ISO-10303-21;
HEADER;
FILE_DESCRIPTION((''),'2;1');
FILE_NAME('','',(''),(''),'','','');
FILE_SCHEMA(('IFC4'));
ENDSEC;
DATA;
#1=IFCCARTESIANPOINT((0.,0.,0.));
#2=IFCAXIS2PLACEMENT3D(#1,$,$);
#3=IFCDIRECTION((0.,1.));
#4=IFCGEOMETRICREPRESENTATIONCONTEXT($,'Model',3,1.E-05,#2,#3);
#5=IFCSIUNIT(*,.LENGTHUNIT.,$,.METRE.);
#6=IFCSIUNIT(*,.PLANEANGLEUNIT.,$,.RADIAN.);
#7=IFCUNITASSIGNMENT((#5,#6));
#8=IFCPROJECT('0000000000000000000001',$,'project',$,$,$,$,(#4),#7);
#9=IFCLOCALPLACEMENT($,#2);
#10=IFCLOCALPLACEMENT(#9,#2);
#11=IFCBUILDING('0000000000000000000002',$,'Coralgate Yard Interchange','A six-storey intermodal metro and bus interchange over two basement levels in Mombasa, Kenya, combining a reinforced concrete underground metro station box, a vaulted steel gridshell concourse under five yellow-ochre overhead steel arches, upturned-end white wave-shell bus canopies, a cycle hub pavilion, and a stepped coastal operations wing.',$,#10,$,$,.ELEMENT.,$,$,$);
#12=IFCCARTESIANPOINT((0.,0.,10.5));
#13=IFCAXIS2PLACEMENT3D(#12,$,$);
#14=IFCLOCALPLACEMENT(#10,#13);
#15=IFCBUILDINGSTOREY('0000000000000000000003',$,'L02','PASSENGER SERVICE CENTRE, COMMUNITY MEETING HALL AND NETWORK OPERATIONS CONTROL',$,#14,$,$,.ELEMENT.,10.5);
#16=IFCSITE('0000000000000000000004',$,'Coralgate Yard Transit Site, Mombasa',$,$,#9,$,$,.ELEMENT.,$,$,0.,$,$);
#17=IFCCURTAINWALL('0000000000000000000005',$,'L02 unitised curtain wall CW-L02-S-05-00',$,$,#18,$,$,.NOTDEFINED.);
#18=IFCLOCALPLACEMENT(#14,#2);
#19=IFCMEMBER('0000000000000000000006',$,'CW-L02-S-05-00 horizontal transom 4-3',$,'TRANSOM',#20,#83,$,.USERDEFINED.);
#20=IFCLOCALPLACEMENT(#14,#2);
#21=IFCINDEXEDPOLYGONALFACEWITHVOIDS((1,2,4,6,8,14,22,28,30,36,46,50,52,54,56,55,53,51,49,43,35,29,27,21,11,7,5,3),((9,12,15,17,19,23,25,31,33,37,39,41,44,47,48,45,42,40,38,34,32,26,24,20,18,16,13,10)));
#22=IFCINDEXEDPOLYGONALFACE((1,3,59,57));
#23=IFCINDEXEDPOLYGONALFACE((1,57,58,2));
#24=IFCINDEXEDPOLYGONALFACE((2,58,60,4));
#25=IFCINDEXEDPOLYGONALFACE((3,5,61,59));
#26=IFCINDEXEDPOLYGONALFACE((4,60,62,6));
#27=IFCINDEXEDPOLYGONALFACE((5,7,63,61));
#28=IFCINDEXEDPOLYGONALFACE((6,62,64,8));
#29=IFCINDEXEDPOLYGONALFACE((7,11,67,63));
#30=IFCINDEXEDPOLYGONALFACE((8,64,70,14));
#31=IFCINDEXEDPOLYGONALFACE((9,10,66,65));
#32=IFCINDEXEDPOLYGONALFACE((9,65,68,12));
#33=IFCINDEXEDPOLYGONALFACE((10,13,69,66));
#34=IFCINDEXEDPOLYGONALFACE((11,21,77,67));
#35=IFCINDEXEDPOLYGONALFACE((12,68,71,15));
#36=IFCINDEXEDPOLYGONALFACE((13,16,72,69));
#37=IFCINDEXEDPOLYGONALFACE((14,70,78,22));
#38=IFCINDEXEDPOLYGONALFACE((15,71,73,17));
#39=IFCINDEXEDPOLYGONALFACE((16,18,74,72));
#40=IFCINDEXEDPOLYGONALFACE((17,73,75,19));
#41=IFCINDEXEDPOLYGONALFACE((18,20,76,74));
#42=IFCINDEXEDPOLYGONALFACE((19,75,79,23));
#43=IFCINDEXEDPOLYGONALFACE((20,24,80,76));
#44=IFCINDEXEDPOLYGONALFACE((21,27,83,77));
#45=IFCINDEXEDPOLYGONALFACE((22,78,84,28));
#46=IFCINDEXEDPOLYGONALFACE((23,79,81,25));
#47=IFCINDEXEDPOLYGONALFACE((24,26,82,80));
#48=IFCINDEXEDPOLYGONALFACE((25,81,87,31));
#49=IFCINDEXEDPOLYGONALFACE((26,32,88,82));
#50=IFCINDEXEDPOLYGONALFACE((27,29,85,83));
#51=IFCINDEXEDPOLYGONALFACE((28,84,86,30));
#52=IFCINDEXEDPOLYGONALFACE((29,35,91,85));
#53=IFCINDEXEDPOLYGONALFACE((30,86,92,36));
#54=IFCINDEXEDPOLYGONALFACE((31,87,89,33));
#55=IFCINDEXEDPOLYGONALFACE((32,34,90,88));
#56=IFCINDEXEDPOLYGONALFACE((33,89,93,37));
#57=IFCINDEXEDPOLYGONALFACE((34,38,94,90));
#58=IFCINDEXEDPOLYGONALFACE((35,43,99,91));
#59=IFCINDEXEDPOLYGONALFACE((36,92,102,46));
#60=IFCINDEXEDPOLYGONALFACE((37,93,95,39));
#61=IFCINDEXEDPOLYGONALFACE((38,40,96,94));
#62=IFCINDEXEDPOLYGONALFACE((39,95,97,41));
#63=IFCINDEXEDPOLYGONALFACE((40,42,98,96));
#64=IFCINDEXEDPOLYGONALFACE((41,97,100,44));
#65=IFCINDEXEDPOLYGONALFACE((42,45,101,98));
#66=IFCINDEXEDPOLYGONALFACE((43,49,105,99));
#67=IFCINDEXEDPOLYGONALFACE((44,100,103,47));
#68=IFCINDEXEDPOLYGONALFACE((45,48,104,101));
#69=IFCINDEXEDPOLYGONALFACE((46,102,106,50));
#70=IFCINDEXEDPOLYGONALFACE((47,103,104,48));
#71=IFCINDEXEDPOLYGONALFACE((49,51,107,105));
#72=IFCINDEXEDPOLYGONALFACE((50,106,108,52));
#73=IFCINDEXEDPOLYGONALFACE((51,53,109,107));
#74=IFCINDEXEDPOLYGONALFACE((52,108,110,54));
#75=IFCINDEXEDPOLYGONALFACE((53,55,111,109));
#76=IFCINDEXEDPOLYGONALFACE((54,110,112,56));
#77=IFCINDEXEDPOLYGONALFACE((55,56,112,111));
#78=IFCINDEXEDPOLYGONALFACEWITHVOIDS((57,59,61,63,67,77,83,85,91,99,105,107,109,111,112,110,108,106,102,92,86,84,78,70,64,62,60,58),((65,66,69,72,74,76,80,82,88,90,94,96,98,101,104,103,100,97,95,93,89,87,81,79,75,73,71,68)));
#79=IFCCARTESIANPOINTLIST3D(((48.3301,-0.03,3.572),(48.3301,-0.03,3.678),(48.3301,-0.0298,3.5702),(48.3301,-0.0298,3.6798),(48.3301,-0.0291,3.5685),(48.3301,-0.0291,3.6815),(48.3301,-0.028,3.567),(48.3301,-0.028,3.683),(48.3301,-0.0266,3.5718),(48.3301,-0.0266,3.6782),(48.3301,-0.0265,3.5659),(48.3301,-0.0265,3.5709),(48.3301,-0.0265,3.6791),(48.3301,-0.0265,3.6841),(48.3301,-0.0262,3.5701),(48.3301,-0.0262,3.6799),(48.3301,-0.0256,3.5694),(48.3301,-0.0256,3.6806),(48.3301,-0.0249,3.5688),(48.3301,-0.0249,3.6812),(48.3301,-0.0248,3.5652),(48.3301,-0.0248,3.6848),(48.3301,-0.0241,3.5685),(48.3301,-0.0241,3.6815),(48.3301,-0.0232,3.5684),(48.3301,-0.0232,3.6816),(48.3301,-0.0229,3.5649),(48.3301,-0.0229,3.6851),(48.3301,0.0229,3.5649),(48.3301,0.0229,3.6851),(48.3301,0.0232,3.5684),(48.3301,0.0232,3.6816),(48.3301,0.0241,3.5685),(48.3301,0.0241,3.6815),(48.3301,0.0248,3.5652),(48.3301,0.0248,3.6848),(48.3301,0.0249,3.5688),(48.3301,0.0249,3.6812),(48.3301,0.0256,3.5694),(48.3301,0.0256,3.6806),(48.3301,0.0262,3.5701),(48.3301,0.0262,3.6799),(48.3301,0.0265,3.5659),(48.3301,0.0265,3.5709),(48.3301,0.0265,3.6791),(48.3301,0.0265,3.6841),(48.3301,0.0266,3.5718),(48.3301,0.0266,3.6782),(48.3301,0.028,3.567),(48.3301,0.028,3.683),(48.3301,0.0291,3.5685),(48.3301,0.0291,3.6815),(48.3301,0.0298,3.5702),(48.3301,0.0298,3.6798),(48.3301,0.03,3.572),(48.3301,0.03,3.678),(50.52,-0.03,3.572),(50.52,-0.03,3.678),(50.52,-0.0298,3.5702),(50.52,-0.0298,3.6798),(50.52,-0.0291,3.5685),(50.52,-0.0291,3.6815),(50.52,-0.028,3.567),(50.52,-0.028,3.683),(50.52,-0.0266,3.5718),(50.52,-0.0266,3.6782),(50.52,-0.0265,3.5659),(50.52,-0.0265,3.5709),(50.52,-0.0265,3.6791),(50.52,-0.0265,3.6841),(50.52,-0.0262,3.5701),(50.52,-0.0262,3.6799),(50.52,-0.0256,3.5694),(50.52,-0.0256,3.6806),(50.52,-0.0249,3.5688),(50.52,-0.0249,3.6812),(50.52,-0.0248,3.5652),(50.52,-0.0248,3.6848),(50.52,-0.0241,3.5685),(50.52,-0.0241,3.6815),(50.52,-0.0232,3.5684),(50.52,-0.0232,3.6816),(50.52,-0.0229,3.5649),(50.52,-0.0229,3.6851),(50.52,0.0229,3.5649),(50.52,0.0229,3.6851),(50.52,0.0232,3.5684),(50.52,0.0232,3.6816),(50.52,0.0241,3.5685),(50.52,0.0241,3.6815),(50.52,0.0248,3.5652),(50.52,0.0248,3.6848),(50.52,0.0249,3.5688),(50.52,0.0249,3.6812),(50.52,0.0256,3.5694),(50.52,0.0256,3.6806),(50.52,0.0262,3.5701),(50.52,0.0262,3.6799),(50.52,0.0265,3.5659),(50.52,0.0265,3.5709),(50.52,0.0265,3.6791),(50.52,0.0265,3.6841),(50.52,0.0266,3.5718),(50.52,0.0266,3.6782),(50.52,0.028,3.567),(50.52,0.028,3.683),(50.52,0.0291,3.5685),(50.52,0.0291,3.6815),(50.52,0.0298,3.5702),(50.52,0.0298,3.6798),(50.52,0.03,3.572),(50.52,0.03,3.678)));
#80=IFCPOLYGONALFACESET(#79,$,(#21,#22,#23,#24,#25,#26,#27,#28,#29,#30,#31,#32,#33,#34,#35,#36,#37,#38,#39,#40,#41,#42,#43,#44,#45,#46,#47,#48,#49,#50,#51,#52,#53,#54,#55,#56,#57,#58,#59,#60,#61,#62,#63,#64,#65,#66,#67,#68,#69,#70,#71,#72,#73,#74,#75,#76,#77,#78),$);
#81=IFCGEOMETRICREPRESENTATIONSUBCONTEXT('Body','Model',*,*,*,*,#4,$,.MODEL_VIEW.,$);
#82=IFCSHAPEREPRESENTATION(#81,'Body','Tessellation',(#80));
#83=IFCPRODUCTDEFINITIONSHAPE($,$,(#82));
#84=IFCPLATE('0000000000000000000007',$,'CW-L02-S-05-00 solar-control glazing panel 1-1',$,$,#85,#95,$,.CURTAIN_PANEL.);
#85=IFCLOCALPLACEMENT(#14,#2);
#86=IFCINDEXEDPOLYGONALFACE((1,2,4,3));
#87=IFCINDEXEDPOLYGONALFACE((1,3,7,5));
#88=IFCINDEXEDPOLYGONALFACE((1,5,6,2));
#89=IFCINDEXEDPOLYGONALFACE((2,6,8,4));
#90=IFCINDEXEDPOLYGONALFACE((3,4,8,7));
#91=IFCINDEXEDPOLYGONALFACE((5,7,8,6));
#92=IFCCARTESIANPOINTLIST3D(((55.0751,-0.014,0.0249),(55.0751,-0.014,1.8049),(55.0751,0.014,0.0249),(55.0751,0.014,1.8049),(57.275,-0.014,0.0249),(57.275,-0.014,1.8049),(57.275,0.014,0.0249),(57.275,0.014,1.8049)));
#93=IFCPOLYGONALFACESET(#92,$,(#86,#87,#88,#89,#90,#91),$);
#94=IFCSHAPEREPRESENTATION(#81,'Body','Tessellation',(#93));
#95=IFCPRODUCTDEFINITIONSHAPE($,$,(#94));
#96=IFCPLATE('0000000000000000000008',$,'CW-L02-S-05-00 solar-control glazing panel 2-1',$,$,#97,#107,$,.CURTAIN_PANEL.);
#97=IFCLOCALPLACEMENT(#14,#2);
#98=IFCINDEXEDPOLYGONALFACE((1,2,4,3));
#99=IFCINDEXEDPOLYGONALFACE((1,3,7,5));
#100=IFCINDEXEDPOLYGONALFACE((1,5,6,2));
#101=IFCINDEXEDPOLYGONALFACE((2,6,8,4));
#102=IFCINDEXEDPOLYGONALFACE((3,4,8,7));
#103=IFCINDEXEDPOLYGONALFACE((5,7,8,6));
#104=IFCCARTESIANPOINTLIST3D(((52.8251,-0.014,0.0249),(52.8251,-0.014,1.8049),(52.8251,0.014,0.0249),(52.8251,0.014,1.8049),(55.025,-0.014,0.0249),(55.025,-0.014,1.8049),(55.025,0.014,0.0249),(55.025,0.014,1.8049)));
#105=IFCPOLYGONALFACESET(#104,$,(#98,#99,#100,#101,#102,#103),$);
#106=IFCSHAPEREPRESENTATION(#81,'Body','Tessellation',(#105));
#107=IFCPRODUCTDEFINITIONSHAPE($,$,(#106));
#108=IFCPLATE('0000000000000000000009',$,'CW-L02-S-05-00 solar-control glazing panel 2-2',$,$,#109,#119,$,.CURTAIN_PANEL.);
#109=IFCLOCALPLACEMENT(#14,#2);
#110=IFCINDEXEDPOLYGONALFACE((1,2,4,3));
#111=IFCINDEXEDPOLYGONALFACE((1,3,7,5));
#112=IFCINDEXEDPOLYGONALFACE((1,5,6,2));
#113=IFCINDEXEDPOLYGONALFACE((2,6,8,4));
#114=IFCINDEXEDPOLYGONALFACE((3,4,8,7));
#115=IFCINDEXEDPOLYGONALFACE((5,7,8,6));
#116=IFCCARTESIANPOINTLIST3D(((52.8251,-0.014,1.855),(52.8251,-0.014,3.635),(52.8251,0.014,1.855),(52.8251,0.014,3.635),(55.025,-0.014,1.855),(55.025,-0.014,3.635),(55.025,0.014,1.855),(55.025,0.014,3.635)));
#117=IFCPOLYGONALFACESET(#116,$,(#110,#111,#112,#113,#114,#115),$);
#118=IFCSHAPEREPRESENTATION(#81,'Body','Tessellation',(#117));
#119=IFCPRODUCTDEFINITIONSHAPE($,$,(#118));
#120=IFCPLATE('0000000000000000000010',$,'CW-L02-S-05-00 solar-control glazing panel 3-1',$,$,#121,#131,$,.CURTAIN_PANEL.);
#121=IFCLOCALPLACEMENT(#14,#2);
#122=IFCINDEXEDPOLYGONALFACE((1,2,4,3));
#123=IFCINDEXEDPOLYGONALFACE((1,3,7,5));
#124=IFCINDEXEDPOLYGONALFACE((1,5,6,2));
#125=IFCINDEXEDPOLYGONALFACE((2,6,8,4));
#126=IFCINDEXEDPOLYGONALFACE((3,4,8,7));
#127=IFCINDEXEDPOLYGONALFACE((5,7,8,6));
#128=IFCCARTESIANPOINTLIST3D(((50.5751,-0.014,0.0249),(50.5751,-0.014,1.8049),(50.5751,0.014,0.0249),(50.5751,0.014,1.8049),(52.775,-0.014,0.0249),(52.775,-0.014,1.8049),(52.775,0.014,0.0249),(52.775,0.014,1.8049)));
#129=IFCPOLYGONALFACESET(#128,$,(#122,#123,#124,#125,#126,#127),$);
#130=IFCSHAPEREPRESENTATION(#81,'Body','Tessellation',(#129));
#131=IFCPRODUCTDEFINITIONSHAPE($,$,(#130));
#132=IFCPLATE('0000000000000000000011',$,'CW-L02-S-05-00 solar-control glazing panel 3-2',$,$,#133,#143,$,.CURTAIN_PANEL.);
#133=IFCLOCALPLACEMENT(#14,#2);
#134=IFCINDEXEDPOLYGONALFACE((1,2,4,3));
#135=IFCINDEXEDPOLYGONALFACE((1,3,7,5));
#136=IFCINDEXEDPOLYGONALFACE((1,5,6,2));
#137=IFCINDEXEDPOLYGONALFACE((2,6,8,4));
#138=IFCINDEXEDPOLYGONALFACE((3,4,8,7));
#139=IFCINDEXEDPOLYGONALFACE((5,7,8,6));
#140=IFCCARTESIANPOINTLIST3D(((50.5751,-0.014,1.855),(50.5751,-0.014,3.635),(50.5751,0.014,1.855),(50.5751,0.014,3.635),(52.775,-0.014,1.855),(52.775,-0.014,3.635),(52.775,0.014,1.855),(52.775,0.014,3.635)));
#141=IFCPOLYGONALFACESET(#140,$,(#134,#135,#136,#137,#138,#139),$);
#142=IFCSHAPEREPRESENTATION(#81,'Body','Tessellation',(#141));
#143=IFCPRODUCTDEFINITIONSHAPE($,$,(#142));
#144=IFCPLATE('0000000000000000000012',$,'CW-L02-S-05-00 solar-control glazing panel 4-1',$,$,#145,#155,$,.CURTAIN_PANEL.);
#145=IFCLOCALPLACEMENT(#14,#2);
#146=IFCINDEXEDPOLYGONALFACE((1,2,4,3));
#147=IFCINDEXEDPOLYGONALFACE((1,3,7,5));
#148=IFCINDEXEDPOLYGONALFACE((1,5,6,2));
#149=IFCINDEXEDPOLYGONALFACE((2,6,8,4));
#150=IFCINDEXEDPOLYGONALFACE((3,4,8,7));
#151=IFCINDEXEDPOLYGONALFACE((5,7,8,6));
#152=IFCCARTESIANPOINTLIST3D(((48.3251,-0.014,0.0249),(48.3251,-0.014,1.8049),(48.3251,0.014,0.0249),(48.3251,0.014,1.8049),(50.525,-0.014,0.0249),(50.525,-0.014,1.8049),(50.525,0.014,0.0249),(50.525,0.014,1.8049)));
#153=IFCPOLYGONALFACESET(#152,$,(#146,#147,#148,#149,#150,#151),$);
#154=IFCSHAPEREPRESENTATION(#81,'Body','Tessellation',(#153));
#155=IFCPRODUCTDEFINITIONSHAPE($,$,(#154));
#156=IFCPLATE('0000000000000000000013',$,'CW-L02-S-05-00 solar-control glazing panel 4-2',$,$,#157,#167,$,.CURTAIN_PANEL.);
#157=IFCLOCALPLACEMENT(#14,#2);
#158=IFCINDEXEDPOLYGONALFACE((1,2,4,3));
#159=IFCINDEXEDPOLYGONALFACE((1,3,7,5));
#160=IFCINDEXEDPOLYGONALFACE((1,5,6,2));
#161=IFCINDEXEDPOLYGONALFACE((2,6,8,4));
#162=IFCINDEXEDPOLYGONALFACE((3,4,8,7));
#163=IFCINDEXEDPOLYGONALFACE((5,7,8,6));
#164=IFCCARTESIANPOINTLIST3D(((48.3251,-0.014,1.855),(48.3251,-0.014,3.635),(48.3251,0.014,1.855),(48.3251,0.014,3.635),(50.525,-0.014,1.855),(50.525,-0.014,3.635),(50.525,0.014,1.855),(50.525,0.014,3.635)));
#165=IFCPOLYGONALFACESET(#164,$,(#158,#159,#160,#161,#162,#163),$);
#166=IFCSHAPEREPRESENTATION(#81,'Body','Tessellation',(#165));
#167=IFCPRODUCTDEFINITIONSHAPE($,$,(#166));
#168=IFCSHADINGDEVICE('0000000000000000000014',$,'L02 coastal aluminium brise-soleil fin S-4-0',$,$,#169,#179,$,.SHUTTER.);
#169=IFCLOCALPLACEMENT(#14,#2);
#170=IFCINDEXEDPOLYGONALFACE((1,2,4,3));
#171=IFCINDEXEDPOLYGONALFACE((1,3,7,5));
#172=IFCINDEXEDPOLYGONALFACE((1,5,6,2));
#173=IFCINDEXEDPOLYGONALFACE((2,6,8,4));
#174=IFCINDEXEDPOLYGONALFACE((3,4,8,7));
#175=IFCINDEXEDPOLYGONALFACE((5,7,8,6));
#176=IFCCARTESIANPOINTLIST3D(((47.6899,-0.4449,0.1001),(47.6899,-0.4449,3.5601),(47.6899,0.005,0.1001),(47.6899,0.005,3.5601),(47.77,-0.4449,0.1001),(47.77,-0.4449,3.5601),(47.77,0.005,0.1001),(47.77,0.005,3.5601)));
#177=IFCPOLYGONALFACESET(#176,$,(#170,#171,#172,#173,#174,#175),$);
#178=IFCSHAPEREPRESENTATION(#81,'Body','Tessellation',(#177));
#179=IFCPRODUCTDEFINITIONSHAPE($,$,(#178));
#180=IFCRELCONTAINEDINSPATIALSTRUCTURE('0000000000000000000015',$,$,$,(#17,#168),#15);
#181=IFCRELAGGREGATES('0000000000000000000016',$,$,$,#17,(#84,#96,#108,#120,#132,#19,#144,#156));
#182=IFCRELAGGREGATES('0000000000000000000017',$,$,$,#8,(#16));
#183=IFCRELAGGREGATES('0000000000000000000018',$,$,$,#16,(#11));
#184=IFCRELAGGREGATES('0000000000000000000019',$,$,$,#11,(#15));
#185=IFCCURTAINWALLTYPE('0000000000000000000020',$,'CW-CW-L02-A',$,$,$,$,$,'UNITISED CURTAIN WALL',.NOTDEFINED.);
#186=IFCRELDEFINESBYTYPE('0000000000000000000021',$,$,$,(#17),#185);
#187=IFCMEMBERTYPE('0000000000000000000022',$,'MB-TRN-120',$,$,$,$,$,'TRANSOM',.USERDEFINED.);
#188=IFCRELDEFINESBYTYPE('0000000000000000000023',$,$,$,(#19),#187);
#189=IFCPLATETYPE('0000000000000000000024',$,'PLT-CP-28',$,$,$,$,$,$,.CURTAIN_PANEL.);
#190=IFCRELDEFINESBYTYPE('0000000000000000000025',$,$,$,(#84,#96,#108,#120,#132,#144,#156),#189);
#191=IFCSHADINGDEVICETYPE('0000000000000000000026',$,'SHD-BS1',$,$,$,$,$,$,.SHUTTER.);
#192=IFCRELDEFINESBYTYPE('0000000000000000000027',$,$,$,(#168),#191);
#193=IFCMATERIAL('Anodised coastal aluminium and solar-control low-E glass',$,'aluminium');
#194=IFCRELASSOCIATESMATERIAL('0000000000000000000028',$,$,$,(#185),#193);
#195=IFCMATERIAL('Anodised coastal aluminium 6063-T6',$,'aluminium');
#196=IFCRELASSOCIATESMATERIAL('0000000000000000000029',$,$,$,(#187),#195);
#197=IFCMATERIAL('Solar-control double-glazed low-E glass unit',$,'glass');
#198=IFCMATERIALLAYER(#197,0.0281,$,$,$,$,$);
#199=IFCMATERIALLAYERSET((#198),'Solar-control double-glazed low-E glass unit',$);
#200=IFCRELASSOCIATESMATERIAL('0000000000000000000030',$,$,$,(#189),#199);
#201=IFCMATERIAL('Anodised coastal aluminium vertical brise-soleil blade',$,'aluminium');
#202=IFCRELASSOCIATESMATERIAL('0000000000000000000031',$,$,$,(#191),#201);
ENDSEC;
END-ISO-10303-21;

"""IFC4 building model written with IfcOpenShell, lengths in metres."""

from ifc_helpers import new_model, si_unit, direction, frame, origin, origin_2d, place, context, subcontext, project, spatial, rectangle, hollow_rectangle, extrude, material, layer, layer_set, material_profile, profile_set, type_object, element, aggregate, save


model = new_model("IFC4")

# Units and contexts
model_context = context("Model", 3, precision=1e-05, world=origin(), true_north=direction((0.0, 1.0)))
body_context = subcontext(model_context, "Body", "Model", "MODEL_VIEW")
ifc_project = project(units=[si_unit("LENGTHUNIT", "METRE"), si_unit("PLANEANGLEUNIT", "RADIAN")], contexts=[model_context])

# Site, building, storey
site_placement = place(None, origin())
site = spatial("IfcSite", under=ifc_project, at=site_placement, Name="Coralgate Yard Transit Site, Mombasa", CompositionType="ELEMENT", RefElevation=0.0)
building_placement = place(site_placement, origin())
building = spatial("IfcBuilding", under=site, at=building_placement, Name="Coralgate Yard Interchange", Description="A six-storey intermodal metro and bus interchange over two basement levels in Mombasa, Kenya, combining a reinforced concrete underground metro station box, a vaulted steel gridshell concourse under five yellow-ochre overhead steel arches, upturned-end white wave-shell bus canopies, a cycle hub pavilion, and a stepped coastal operations wing.", CompositionType="ELEMENT")
storey_placement = place(building_placement, frame((0.0, 0.0, 10.5)))
storey = spatial("IfcBuildingStorey", under=building, at=storey_placement, Name="L02", Description="PASSENGER SERVICE CENTRE, COMMUNITY MEETING HALL AND NETWORK OPERATIONS CONTROL", CompositionType="ELEMENT", Elevation=10.5)

# Shared definitions
ifc_material_1 = material(Name="Anodised coastal aluminium and solar-control low-E glass", Category="aluminium")
curtain_wall_type = type_object("IfcCurtainWallType", Name="CW-CW-L02-A", ElementType="UNITISED CURTAIN WALL", PredefinedType="NOTDEFINED", material=ifc_material_1)
ifc_material_2 = material(Name="Anodised coastal aluminium 6063-T6", Category="aluminium")

# Curtain wall
curtain_wall_1_placement = place(storey_placement, origin())
curtain_wall_1 = element("IfcCurtainWall", 1, at=curtain_wall_1_placement, inside=storey, type_object=curtain_wall_type, Name="L02 unitised curtain wall CW-L02-S-05-00", PredefinedType="NOTDEFINED")

# Member
ifc_material_profile_1 = material_profile(ifc_material_2, hollow_rectangle(XDim=0.0601, YDim=0.1201, WallThickness=0.0034, InnerFilletRadius=0.0034, OuterFilletRadius=0.0071, at=origin_2d()), Name="ALU 60x120x3.5")
ifc_profile_set_1 = profile_set([ifc_material_profile_1], Name="Anodised coastal aluminium 6063-T6")
member_type_1 = type_object("IfcMemberType", Name="MB-TRN-120", ElementType="TRANSOM", PredefinedType="USERDEFINED", material=ifc_profile_set_1)
member_1_placement = place(storey_placement, frame((50.52, 0.0, 3.625), z_axis=(-1.0, 0.0, 0.0), x_axis=(0.0, -1.0, 0.0)))
member_1 = element("IfcMember", 2, at=member_1_placement, type_object=member_type_1, Name="CW-L02-S-05-00 horizontal transom 4-3", ObjectType="TRANSOM", PredefinedType="USERDEFINED", context=body_context, shape_type="SweptSolid", body=[
    extrude(hollow_rectangle(XDim=0.0601, YDim=0.1201, WallThickness=0.0034, InnerFilletRadius=0.0034, OuterFilletRadius=0.0071, at=origin_2d()), origin(), (0.0, 0.0, 1.0), 2.1899),
])

# Plates
ifc_material_3 = material(Name="Solar-control double-glazed low-E glass unit", Category="glass")
ifc_layer = layer(ifc_material_3, 0.0281)
ifc_layer_set = layer_set([ifc_layer], Name="Solar-control double-glazed low-E glass unit")
plate_type = type_object("IfcPlateType", Name="PLT-CP-28", PredefinedType="CURTAIN_PANEL", material=ifc_layer_set)
plate_1_placement = place(storey_placement, frame((56.175, 0.0, 0.0249), z_axis=(0.0, 0.0, 1.0), x_axis=(-1.0, 0.0, 0.0)))
plate_1 = element("IfcPlate", 3, at=plate_1_placement, type_object=plate_type, Name="CW-L02-S-05-00 solar-control glazing panel 1-1", PredefinedType="CURTAIN_PANEL", context=body_context, shape_type="SweptSolid", body=[
    extrude(rectangle(XDim=2.2, YDim=0.0281, at=origin_2d()), origin(), (0.0, 0.0, 1.0), 1.78),
])
plate_2_placement = place(storey_placement, frame((53.925, 0.0, 0.0249), z_axis=(0.0, 0.0, 1.0), x_axis=(-1.0, 0.0, 0.0)))
plate_2 = element("IfcPlate", 4, at=plate_2_placement, type_object=plate_type, Name="CW-L02-S-05-00 solar-control glazing panel 2-1", PredefinedType="CURTAIN_PANEL", context=body_context, shape_type="SweptSolid", body=[
    extrude(rectangle(XDim=2.2, YDim=0.0281, at=origin_2d()), origin(), (0.0, 0.0, 1.0), 1.78),
])
plate_3_placement = place(storey_placement, frame((53.925, 0.0, 1.855), z_axis=(0.0, 0.0, 1.0), x_axis=(-1.0, 0.0, 0.0)))
plate_3 = element("IfcPlate", 5, at=plate_3_placement, type_object=plate_type, Name="CW-L02-S-05-00 solar-control glazing panel 2-2", PredefinedType="CURTAIN_PANEL", context=body_context, shape_type="SweptSolid", body=[
    extrude(rectangle(XDim=2.2, YDim=0.0281, at=origin_2d()), origin(), (0.0, 0.0, 1.0), 1.78),
])
plate_4_placement = place(storey_placement, frame((51.675, 0.0, 0.0249), z_axis=(0.0, 0.0, 1.0), x_axis=(-1.0, 0.0, 0.0)))
plate_4 = element("IfcPlate", 6, at=plate_4_placement, type_object=plate_type, Name="CW-L02-S-05-00 solar-control glazing panel 3-1", PredefinedType="CURTAIN_PANEL", context=body_context, shape_type="SweptSolid", body=[
    extrude(rectangle(XDim=2.2, YDim=0.0281, at=origin_2d()), origin(), (0.0, 0.0, 1.0), 1.78),
])
plate_5_placement = place(storey_placement, frame((51.675, 0.0, 1.855), z_axis=(0.0, 0.0, 1.0), x_axis=(-1.0, 0.0, 0.0)))
plate_5 = element("IfcPlate", 7, at=plate_5_placement, type_object=plate_type, Name="CW-L02-S-05-00 solar-control glazing panel 3-2", PredefinedType="CURTAIN_PANEL", context=body_context, shape_type="SweptSolid", body=[
    extrude(rectangle(XDim=2.2, YDim=0.0281, at=origin_2d()), origin(), (0.0, 0.0, 1.0), 1.78),
])
plate_6_placement = place(storey_placement, frame((49.425, 0.0, 0.0249), z_axis=(0.0, 0.0, 1.0), x_axis=(-1.0, 0.0, 0.0)))
plate_6 = element("IfcPlate", 8, at=plate_6_placement, type_object=plate_type, Name="CW-L02-S-05-00 solar-control glazing panel 4-1", PredefinedType="CURTAIN_PANEL", context=body_context, shape_type="SweptSolid", body=[
    extrude(rectangle(XDim=2.2, YDim=0.0281, at=origin_2d()), origin(), (0.0, 0.0, 1.0), 1.78),
])
plate_7_placement = place(storey_placement, frame((49.425, 0.0, 1.855), z_axis=(0.0, 0.0, 1.0), x_axis=(-1.0, 0.0, 0.0)))
plate_7 = element("IfcPlate", 9, at=plate_7_placement, type_object=plate_type, Name="CW-L02-S-05-00 solar-control glazing panel 4-2", PredefinedType="CURTAIN_PANEL", context=body_context, shape_type="SweptSolid", body=[
    extrude(rectangle(XDim=2.2, YDim=0.0281, at=origin_2d()), origin(), (0.0, 0.0, 1.0), 1.78),
])
aggregate(curtain_wall_1, [plate_1, plate_2, plate_3, plate_4, plate_5, member_1, plate_6, plate_7])

# Shading device
ifc_material_4 = material(Name="Anodised coastal aluminium vertical brise-soleil blade", Category="aluminium")
shading_device_type = type_object("IfcShadingDeviceType", Name="SHD-BS1", PredefinedType="SHUTTER", material=ifc_material_4)
shading_device_placement = place(storey_placement, frame((47.73, -0.22, 0.1001), z_axis=(0.0, 0.0, 1.0), x_axis=(-1.0, 0.0, 0.0)))
element("IfcShadingDevice", 10, at=shading_device_placement, inside=storey, type_object=shading_device_type, Name="L02 coastal aluminium brise-soleil fin S-4-0", PredefinedType="SHUTTER", context=body_context, shape_type="SweptSolid", body=[
    extrude(rectangle(XDim=0.0801, YDim=0.45, at=origin_2d()), origin(), (0.0, 0.0, 1.0), 3.46),
])

save(model, "model.ifc")
